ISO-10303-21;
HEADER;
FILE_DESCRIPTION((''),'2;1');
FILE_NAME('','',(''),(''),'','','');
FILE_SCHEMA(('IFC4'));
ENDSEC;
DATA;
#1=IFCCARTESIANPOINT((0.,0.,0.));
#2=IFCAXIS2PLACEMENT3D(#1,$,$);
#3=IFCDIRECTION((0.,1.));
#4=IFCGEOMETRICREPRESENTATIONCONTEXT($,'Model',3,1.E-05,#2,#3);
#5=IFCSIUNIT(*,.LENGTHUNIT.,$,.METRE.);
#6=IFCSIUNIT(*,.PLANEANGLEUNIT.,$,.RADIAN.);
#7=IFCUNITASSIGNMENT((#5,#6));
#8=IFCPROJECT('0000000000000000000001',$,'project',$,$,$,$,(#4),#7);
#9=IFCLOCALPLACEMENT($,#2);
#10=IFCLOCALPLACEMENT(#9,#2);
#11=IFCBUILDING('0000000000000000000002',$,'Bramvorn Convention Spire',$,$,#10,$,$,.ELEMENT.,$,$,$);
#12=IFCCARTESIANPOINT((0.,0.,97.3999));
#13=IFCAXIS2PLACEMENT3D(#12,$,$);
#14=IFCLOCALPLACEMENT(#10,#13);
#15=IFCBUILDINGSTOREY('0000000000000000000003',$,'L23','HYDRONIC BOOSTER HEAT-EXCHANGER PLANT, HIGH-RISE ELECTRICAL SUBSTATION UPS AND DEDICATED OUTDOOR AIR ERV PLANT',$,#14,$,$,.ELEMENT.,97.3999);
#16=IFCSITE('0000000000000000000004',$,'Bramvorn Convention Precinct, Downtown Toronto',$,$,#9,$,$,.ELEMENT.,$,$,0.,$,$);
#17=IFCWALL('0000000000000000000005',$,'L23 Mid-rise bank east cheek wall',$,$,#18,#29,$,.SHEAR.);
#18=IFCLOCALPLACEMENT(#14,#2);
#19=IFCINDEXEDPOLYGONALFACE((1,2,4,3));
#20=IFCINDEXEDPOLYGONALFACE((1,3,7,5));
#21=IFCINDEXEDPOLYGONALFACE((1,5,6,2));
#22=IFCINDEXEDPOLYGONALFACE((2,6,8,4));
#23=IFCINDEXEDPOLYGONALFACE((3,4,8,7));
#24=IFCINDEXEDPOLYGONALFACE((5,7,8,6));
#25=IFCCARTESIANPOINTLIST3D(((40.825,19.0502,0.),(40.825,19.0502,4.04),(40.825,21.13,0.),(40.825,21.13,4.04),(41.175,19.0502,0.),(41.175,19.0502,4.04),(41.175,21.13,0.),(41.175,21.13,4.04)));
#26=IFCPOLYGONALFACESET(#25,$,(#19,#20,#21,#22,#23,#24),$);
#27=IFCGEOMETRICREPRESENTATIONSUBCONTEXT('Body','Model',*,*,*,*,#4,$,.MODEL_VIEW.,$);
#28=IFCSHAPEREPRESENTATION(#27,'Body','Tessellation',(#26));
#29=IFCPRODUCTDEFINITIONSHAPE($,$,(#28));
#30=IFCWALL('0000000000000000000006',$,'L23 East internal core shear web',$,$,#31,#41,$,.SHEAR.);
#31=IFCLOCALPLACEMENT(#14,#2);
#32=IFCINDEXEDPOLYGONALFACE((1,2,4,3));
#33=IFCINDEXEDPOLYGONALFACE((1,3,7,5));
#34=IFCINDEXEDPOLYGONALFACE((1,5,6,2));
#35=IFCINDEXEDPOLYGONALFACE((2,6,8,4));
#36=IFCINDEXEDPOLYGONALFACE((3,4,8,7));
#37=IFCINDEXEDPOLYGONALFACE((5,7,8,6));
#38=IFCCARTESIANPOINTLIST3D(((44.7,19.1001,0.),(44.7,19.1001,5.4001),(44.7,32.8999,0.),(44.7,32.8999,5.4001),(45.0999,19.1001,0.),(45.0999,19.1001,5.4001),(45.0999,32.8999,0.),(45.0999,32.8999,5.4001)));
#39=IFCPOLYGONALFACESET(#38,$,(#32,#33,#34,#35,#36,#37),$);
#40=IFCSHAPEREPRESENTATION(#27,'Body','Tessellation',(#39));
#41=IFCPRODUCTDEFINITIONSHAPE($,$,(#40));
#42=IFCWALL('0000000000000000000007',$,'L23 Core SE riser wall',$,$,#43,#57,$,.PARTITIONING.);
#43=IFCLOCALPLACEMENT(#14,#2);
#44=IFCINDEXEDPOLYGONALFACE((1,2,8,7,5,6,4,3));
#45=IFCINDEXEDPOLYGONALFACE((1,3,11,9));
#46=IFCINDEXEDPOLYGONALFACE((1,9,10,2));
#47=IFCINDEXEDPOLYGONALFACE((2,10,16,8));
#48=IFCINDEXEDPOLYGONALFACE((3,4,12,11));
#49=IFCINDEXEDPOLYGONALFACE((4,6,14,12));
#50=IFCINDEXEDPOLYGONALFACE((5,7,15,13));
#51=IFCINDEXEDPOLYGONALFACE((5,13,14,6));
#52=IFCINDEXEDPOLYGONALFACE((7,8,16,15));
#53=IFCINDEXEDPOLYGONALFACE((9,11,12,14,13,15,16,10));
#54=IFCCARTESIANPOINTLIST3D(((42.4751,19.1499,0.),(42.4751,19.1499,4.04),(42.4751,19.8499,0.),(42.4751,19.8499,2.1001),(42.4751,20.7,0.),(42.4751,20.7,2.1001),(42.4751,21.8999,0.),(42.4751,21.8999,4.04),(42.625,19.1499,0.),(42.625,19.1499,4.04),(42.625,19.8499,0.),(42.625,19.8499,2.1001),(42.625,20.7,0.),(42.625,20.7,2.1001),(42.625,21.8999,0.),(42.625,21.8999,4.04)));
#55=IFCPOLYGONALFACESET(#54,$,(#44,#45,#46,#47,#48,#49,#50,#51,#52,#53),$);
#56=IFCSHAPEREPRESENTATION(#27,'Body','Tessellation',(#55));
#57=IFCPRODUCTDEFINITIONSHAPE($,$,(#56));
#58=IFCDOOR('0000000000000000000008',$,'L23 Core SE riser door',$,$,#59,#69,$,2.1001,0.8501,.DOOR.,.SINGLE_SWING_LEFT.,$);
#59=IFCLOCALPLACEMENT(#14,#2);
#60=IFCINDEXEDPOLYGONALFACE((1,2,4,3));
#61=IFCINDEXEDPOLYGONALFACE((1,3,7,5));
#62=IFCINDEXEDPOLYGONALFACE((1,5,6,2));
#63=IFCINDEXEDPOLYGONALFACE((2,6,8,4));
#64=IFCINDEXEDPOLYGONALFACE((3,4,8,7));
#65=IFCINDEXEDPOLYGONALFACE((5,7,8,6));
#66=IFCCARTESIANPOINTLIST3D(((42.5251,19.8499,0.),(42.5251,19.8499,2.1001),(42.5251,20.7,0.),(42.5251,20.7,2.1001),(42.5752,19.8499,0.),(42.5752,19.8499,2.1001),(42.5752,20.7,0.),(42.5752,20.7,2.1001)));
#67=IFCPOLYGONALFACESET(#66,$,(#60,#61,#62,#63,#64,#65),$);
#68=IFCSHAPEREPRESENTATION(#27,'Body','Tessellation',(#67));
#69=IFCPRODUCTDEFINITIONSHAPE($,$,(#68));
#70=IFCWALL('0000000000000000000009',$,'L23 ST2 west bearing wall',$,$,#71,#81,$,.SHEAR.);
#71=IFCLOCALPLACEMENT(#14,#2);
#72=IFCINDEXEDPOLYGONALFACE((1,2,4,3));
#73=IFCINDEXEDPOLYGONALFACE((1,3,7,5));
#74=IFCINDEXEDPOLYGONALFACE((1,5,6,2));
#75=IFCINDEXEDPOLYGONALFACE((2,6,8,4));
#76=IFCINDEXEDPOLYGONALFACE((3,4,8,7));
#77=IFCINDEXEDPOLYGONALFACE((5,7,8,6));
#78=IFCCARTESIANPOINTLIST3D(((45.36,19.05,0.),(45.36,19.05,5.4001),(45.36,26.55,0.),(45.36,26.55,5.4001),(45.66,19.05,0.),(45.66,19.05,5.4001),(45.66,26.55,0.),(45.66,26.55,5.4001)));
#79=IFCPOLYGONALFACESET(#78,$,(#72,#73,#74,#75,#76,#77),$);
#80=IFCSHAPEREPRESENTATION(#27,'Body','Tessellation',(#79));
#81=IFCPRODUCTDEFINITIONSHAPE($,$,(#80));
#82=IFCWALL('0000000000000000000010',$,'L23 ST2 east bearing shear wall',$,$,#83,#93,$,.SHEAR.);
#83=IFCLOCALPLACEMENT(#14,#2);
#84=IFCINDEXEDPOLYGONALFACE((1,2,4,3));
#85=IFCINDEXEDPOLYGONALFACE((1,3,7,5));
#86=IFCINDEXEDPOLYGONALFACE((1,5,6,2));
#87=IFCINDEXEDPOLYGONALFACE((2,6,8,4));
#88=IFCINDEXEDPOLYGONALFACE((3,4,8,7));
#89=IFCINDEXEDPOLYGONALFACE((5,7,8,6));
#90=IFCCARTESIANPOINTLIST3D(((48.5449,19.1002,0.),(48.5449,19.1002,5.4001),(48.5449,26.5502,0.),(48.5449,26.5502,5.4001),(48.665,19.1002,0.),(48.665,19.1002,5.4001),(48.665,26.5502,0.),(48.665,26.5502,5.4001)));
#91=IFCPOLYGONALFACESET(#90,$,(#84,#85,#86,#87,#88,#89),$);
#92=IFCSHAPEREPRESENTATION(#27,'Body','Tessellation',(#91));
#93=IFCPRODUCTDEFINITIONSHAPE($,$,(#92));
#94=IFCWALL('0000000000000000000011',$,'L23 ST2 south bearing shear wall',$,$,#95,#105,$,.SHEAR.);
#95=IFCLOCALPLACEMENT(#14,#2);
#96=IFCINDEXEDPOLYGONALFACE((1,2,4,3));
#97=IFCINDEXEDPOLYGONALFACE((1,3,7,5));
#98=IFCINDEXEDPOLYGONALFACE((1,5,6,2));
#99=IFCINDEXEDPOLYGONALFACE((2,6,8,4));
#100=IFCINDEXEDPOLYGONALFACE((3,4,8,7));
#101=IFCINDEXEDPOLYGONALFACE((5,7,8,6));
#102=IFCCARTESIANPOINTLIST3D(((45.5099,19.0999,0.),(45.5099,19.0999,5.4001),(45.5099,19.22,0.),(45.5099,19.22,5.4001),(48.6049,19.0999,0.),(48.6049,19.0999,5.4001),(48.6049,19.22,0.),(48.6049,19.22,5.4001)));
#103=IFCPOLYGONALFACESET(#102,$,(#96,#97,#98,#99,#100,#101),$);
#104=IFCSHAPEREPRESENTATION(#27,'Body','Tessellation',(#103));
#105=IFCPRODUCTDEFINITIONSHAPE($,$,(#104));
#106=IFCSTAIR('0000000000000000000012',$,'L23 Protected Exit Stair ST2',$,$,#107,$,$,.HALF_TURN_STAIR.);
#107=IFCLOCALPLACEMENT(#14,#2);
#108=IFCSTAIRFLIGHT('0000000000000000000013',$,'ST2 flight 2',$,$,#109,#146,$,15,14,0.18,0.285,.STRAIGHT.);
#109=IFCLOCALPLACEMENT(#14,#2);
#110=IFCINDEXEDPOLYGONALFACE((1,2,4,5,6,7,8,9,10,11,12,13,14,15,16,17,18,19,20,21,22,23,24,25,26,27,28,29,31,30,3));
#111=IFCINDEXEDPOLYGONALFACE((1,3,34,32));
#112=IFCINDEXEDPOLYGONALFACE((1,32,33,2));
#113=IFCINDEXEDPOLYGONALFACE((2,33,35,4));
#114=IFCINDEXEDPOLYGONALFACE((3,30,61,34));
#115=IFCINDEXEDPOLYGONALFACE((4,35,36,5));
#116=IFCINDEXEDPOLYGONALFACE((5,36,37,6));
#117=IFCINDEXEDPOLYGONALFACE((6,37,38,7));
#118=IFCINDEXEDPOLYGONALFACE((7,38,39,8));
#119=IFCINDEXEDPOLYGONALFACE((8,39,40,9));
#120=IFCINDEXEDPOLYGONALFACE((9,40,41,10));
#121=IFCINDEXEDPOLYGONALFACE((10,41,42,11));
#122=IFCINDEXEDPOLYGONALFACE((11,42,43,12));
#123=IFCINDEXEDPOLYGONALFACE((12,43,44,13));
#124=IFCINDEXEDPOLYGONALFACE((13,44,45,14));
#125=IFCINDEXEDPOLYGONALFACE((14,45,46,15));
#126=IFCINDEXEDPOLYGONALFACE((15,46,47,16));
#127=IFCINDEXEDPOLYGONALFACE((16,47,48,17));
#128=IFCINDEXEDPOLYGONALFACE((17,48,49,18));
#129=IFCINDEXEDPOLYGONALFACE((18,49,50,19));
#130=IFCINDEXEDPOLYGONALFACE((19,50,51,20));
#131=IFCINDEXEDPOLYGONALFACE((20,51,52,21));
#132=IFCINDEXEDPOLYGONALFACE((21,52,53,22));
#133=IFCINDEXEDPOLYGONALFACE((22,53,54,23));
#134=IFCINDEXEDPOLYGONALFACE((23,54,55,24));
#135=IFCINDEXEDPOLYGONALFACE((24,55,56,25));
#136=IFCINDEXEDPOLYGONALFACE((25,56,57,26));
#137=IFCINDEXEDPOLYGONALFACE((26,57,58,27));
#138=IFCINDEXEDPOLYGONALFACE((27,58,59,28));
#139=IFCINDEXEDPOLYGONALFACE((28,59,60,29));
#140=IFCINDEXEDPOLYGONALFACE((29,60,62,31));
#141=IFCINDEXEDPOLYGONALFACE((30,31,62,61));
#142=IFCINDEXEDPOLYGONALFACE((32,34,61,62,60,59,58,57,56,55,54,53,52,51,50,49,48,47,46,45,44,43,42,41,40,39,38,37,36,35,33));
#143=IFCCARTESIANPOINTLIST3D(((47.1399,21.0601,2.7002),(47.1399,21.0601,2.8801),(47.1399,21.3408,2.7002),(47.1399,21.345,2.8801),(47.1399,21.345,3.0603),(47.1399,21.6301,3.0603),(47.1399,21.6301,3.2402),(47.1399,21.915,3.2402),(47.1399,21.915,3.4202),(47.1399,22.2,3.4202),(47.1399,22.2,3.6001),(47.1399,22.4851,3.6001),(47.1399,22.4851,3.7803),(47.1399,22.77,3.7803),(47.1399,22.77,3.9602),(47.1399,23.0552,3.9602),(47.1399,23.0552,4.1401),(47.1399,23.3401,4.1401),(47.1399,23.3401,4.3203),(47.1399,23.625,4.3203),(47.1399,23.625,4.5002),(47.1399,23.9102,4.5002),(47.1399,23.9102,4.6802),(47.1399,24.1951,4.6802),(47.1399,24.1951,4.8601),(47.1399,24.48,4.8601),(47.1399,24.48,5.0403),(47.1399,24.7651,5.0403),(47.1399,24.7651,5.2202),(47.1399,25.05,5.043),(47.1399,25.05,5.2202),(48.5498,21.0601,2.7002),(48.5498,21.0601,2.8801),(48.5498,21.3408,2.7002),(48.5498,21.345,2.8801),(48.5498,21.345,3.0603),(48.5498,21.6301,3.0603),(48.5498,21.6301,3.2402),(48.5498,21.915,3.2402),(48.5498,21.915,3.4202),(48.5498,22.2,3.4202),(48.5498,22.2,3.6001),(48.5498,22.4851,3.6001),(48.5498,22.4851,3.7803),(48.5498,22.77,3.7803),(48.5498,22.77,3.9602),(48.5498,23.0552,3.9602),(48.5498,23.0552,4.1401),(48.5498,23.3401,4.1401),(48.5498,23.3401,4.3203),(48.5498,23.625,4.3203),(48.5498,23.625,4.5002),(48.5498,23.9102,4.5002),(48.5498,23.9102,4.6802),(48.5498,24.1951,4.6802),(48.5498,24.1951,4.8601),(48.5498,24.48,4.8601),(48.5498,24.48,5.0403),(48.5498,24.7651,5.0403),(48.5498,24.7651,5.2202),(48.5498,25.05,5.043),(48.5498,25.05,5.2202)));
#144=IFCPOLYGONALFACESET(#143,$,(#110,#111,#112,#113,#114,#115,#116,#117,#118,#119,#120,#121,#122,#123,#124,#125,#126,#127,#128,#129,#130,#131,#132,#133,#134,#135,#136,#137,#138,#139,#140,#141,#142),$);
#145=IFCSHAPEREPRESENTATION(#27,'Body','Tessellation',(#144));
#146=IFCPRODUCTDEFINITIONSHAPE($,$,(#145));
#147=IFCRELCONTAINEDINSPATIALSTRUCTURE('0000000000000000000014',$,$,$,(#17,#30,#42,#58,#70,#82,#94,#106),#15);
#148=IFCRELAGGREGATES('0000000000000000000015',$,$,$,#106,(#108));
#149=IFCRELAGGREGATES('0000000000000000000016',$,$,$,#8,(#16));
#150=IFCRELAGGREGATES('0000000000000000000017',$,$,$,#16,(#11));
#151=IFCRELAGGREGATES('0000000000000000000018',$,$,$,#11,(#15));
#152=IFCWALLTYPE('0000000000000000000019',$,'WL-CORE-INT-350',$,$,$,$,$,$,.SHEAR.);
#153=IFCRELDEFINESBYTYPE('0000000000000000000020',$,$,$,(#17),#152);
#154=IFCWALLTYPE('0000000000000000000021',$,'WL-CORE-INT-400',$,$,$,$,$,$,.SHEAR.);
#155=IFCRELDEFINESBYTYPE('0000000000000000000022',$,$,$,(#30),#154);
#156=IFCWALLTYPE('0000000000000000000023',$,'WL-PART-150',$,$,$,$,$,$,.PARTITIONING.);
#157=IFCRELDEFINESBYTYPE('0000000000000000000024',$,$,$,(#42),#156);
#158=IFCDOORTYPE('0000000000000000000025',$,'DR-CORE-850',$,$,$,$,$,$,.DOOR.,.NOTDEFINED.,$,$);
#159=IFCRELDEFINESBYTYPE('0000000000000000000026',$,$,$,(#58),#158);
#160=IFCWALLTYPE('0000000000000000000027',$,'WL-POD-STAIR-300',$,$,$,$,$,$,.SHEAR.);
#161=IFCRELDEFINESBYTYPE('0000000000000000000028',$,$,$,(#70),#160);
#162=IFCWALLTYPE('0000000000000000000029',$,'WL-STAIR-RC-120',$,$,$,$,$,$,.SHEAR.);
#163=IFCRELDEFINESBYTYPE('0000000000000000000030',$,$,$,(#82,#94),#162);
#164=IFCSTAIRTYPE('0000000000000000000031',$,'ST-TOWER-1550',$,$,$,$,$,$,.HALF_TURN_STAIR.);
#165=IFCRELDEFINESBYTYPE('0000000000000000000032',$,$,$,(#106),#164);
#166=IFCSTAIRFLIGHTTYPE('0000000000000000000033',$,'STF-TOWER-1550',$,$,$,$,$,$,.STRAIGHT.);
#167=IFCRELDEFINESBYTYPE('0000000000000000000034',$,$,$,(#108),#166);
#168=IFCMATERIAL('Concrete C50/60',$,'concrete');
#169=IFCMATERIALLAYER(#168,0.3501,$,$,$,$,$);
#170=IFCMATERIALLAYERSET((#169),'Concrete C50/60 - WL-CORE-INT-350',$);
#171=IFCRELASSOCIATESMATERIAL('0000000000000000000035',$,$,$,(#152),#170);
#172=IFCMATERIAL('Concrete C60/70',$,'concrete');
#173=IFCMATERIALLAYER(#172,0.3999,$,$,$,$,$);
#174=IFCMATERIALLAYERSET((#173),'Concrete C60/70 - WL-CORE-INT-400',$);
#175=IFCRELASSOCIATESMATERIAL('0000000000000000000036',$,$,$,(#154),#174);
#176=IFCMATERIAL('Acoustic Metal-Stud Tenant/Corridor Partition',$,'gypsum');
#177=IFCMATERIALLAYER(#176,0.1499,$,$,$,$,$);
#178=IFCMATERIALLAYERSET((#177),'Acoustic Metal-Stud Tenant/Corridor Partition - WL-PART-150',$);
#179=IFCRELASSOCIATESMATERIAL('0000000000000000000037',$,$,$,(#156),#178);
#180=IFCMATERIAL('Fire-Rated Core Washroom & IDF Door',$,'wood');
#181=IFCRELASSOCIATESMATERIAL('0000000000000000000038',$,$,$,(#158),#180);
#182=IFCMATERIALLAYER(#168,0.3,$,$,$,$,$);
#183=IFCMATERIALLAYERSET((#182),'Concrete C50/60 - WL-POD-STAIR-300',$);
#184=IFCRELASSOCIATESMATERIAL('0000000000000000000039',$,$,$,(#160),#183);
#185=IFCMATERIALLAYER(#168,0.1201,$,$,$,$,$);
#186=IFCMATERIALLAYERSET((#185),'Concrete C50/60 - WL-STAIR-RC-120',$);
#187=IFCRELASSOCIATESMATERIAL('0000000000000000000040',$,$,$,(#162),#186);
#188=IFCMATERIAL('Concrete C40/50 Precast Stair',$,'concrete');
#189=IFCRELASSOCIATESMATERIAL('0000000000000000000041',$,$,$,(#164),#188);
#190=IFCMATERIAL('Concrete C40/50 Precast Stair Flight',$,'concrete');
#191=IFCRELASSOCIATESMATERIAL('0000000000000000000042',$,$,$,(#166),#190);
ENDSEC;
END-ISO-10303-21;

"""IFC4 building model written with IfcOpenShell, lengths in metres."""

from ifc_helpers import new_model, si_unit, direction, frame, frame_2d, origin, place, context, subcontext, project, spatial, polyline, rectangle, outline, extrude, material, layer, layer_set, type_object, element, fill, aggregate, save


model = new_model("IFC4")

# Units and contexts
model_context = context("Model", 3, precision=1e-05, world=origin(), true_north=direction((0.0, 1.0)))
body_context = subcontext(model_context, "Body", "Model", "MODEL_VIEW")
ifc_project = project(units=[si_unit("LENGTHUNIT", "METRE"), si_unit("PLANEANGLEUNIT", "RADIAN")], contexts=[model_context])

# Site, building, storey
site_placement = place(None, origin())
site = spatial("IfcSite", under=ifc_project, at=site_placement, Name="Bramvorn Convention Precinct, Downtown Toronto", CompositionType="ELEMENT", RefElevation=0.0)
building_placement = place(site_placement, origin())
building = spatial("IfcBuilding", under=site, at=building_placement, Name="Bramvorn Convention Spire", CompositionType="ELEMENT")
storey_placement = place(building_placement, frame((0.0, 0.0, 97.3999)))
storey = spatial("IfcBuildingStorey", under=building, at=storey_placement, Name="L23", Description="HYDRONIC BOOSTER HEAT-EXCHANGER PLANT, HIGH-RISE ELECTRICAL SUBSTATION UPS AND DEDICATED OUTDOOR AIR ERV PLANT", CompositionType="ELEMENT", Elevation=97.3999)

# Shared definitions
ifc_material_1 = material(Name="Concrete C60/70", Category="concrete")

# Walls
ifc_material_2 = material(Name="Concrete C50/60", Category="concrete")
ifc_layer_1 = layer(ifc_material_2, 0.3501)
ifc_layer_set_1 = layer_set([ifc_layer_1], Name="Concrete C50/60 - WL-CORE-INT-350")
wall_type_1 = type_object("IfcWallType", Name="WL-CORE-INT-350", PredefinedType="SHEAR", material=ifc_layer_set_1)
wall_1_placement = place(storey_placement, frame((41.0, 19.05, 0.0), z_axis=(0.0, 0.0, 1.0), x_axis=(0.0, 1.0, 0.0)))
element("IfcWall", 1, at=wall_1_placement, inside=storey, type_object=wall_type_1, Name="L23 Mid-rise bank east cheek wall", PredefinedType="SHEAR", context=body_context, shape_type="SweptSolid", body=[
    extrude(rectangle(XDim=2.0798, YDim=0.3501, at=frame_2d((1.04, 0.0))), origin(), (0.0, 0.0, 1.0), 4.04),
])
ifc_layer_2 = layer(ifc_material_1, 0.3999)
ifc_layer_set_2 = layer_set([ifc_layer_2], Name="Concrete C60/70 - WL-CORE-INT-400")
wall_type_2 = type_object("IfcWallType", Name="WL-CORE-INT-400", PredefinedType="SHEAR", material=ifc_layer_set_2)
wall_2_placement = place(storey_placement, frame((44.8999, 19.1001, 0.0), z_axis=(0.0, 0.0, 1.0), x_axis=(0.0, 1.0, 0.0)))
element("IfcWall", 2, at=wall_2_placement, inside=storey, type_object=wall_type_2, Name="L23 East internal core shear web", PredefinedType="SHEAR", context=body_context, shape_type="SweptSolid", body=[
    extrude(rectangle(XDim=13.7998, YDim=0.3999, at=frame_2d((6.8999, 0.0))), origin(), (0.0, 0.0, 1.0), 5.4001),
])

# Wall, opening, door
ifc_material_3 = material(Name="Acoustic Metal-Stud Tenant/Corridor Partition", Category="gypsum")
ifc_layer_3 = layer(ifc_material_3, 0.1499)
ifc_layer_set_3 = layer_set([ifc_layer_3], Name="Acoustic Metal-Stud Tenant/Corridor Partition - WL-PART-150")
wall_type_3 = type_object("IfcWallType", Name="WL-PART-150", PredefinedType="PARTITIONING", material=ifc_layer_set_3)
wall_3_placement = place(storey_placement, frame((42.55, 19.1499, 0.0), z_axis=(0.0, 0.0, 1.0), x_axis=(0.0, 1.0, 0.0)))
wall_3 = element("IfcWall", 3, at=wall_3_placement, inside=storey, type_object=wall_type_3, Name="L23 Core SE riser wall", PredefinedType="PARTITIONING", context=body_context, shape_type="SweptSolid", body=[
    extrude(rectangle(XDim=2.75, YDim=0.1499, at=frame_2d((1.375, 0.0))), origin(), (0.0, 0.0, 1.0), 4.04),
])
opening_1_placement = place(wall_3_placement, frame((0.7, 0.0, 0.0)))
opening_1 = element("IfcOpeningElement", 4, at=opening_1_placement, cuts=wall_3, PredefinedType="OPENING", context=body_context, shape_type="SweptSolid", body=[
    extrude(rectangle(XDim=0.8501, YDim=2.1001, at=frame_2d((0.425, 1.05))), frame((0.0, 0.085, 0.0), z_axis=(0.0, -1.0, 0.0), x_axis=(1.0, 0.0, 0.0)), (0.0, 0.0, 1.0), 0.1699),
])
ifc_material_4 = material(Name="Fire-Rated Core Washroom & IDF Door", Category="wood")
door_type_1 = type_object("IfcDoorType", Name="DR-CORE-850", OperationType="NOTDEFINED", PredefinedType="DOOR", material=ifc_material_4)
door_1_placement = place(opening_1_placement, origin())
door_1 = element("IfcDoor", 5, at=door_1_placement, inside=storey, type_object=door_type_1, Name="L23 Core SE riser door", OperationType="SINGLE_SWING_LEFT", OverallHeight=2.1001, OverallWidth=0.8501, PredefinedType="DOOR", context=body_context, shape_type="SweptSolid", body=[
    extrude(rectangle(XDim=0.8501, YDim=2.1001, at=frame_2d((0.425, 1.05))), frame((0.0, 0.0249, 0.0), z_axis=(0.0, -1.0, 0.0), x_axis=(1.0, 0.0, 0.0)), (0.0, 0.0, 1.0), 0.05),
])
fill(opening_1, door_1)

# Walls
ifc_layer_4 = layer(ifc_material_2, 0.3)
ifc_layer_set_4 = layer_set([ifc_layer_4], Name="Concrete C50/60 - WL-POD-STAIR-300")
wall_type_4 = type_object("IfcWallType", Name="WL-POD-STAIR-300", PredefinedType="SHEAR", material=ifc_layer_set_4)
wall_4_placement = place(storey_placement, frame((45.51, 19.05, 0.0), z_axis=(0.0, 0.0, 1.0), x_axis=(0.0, 1.0, 0.0)))
element("IfcWall", 6, at=wall_4_placement, inside=storey, type_object=wall_type_4, Name="L23 ST2 west bearing wall", PredefinedType="SHEAR", context=body_context, shape_type="SweptSolid", body=[
    extrude(rectangle(XDim=7.5, YDim=0.3, at=frame_2d((3.75, 0.0))), origin(), (0.0, 0.0, 1.0), 5.4001),
])
ifc_layer_5 = layer(ifc_material_2, 0.1201)
ifc_layer_set_5 = layer_set([ifc_layer_5], Name="Concrete C50/60 - WL-STAIR-RC-120")
wall_type_5 = type_object("IfcWallType", Name="WL-STAIR-RC-120", PredefinedType="SHEAR", material=ifc_layer_set_5)
wall_5_placement = place(storey_placement, frame((48.605, 19.1001, 0.0), z_axis=(0.0, 0.0, 1.0), x_axis=(0.0, 1.0, 0.0)))
element("IfcWall", 7, at=wall_5_placement, inside=storey, type_object=wall_type_5, Name="L23 ST2 east bearing shear wall", PredefinedType="SHEAR", context=body_context, shape_type="SweptSolid", body=[
    extrude(rectangle(XDim=7.45, YDim=0.1201, at=frame_2d((3.7251, 0.0))), origin(), (0.0, 0.0, 1.0), 5.4001),
])
wall_6_placement = place(storey_placement, frame((45.51, 19.1599, 0.0), z_axis=(0.0, 0.0, 1.0), x_axis=(1.0, 0.0, 0.0)))
element("IfcWall", 8, at=wall_6_placement, inside=storey, type_object=wall_type_5, Name="L23 ST2 south bearing shear wall", PredefinedType="SHEAR", context=body_context, shape_type="SweptSolid", body=[
    extrude(rectangle(XDim=3.095, YDim=0.1201, at=frame_2d((1.5474, 0.0))), origin(), (0.0, 0.0, 1.0), 5.4001),
])

# Stair, stair flight
ifc_material_5 = material(Name="Concrete C40/50 Precast Stair", Category="concrete")
stair_type = type_object("IfcStairType", Name="ST-TOWER-1550", PredefinedType="HALF_TURN_STAIR", material=ifc_material_5)
stair_placement = place(storey_placement, origin())
stair = element("IfcStair", 9, at=stair_placement, inside=storey, type_object=stair_type, Name="L23 Protected Exit Stair ST2", PredefinedType="HALF_TURN_STAIR")
ifc_material_6 = material(Name="Concrete C40/50 Precast Stair Flight", Category="concrete")
stair_flight_type = type_object("IfcStairFlightType", Name="STF-TOWER-1550", PredefinedType="STRAIGHT", material=ifc_material_6)
stair_flight_placement = place(storey_placement, frame((47.845, 21.0601, 2.7002), z_axis=(0.0, 0.0, 1.0), x_axis=(0.0, 1.0, 0.0)))
stair_flight = element("IfcStairFlight", 10, at=stair_flight_placement, type_object=stair_flight_type, Name="ST2 flight 2", NumberOfRisers=15, NumberOfTreads=14, PredefinedType="STRAIGHT", RiserHeight=0.18, TreadLength=0.285, context=body_context, shape_type="SweptSolid", body=[
    extrude(outline(polyline([(0.0, 0.0), (0.0, 0.1799), (0.2849, 0.1799), (0.2849, 0.3601), (0.5701, 0.3601), (0.5701, 0.54), (0.855, 0.54), (0.855, 0.72), (1.1399, 0.72), (1.1399, 0.8999), (1.425, 0.8999), (1.425, 1.0801), (1.71, 1.0801), (1.71, 1.26), (1.9951, 1.26), (1.9951, 1.4399), (2.28, 1.4399), (2.28, 1.6201), (2.5649, 1.6201), (2.5649, 1.8), (2.8501, 1.8), (2.8501, 1.98), (3.135, 1.98), (3.135, 2.1599), (3.4199, 2.1599), (3.4199, 2.3401), (3.7051, 2.3401), (3.7051, 2.52), (3.99, 2.52), (3.99, 2.7), (3.99, 2.3428), (0.2808, 0.0), (0.0, 0.0)])), frame((0.0, 0.7051, 0.0), z_axis=(0.0, -1.0, 0.0), x_axis=(1.0, 0.0, 0.0)), (0.0, 0.0, 1.0), 1.4099),
])
aggregate(stair, [stair_flight])

save(model, "model.ifc")
